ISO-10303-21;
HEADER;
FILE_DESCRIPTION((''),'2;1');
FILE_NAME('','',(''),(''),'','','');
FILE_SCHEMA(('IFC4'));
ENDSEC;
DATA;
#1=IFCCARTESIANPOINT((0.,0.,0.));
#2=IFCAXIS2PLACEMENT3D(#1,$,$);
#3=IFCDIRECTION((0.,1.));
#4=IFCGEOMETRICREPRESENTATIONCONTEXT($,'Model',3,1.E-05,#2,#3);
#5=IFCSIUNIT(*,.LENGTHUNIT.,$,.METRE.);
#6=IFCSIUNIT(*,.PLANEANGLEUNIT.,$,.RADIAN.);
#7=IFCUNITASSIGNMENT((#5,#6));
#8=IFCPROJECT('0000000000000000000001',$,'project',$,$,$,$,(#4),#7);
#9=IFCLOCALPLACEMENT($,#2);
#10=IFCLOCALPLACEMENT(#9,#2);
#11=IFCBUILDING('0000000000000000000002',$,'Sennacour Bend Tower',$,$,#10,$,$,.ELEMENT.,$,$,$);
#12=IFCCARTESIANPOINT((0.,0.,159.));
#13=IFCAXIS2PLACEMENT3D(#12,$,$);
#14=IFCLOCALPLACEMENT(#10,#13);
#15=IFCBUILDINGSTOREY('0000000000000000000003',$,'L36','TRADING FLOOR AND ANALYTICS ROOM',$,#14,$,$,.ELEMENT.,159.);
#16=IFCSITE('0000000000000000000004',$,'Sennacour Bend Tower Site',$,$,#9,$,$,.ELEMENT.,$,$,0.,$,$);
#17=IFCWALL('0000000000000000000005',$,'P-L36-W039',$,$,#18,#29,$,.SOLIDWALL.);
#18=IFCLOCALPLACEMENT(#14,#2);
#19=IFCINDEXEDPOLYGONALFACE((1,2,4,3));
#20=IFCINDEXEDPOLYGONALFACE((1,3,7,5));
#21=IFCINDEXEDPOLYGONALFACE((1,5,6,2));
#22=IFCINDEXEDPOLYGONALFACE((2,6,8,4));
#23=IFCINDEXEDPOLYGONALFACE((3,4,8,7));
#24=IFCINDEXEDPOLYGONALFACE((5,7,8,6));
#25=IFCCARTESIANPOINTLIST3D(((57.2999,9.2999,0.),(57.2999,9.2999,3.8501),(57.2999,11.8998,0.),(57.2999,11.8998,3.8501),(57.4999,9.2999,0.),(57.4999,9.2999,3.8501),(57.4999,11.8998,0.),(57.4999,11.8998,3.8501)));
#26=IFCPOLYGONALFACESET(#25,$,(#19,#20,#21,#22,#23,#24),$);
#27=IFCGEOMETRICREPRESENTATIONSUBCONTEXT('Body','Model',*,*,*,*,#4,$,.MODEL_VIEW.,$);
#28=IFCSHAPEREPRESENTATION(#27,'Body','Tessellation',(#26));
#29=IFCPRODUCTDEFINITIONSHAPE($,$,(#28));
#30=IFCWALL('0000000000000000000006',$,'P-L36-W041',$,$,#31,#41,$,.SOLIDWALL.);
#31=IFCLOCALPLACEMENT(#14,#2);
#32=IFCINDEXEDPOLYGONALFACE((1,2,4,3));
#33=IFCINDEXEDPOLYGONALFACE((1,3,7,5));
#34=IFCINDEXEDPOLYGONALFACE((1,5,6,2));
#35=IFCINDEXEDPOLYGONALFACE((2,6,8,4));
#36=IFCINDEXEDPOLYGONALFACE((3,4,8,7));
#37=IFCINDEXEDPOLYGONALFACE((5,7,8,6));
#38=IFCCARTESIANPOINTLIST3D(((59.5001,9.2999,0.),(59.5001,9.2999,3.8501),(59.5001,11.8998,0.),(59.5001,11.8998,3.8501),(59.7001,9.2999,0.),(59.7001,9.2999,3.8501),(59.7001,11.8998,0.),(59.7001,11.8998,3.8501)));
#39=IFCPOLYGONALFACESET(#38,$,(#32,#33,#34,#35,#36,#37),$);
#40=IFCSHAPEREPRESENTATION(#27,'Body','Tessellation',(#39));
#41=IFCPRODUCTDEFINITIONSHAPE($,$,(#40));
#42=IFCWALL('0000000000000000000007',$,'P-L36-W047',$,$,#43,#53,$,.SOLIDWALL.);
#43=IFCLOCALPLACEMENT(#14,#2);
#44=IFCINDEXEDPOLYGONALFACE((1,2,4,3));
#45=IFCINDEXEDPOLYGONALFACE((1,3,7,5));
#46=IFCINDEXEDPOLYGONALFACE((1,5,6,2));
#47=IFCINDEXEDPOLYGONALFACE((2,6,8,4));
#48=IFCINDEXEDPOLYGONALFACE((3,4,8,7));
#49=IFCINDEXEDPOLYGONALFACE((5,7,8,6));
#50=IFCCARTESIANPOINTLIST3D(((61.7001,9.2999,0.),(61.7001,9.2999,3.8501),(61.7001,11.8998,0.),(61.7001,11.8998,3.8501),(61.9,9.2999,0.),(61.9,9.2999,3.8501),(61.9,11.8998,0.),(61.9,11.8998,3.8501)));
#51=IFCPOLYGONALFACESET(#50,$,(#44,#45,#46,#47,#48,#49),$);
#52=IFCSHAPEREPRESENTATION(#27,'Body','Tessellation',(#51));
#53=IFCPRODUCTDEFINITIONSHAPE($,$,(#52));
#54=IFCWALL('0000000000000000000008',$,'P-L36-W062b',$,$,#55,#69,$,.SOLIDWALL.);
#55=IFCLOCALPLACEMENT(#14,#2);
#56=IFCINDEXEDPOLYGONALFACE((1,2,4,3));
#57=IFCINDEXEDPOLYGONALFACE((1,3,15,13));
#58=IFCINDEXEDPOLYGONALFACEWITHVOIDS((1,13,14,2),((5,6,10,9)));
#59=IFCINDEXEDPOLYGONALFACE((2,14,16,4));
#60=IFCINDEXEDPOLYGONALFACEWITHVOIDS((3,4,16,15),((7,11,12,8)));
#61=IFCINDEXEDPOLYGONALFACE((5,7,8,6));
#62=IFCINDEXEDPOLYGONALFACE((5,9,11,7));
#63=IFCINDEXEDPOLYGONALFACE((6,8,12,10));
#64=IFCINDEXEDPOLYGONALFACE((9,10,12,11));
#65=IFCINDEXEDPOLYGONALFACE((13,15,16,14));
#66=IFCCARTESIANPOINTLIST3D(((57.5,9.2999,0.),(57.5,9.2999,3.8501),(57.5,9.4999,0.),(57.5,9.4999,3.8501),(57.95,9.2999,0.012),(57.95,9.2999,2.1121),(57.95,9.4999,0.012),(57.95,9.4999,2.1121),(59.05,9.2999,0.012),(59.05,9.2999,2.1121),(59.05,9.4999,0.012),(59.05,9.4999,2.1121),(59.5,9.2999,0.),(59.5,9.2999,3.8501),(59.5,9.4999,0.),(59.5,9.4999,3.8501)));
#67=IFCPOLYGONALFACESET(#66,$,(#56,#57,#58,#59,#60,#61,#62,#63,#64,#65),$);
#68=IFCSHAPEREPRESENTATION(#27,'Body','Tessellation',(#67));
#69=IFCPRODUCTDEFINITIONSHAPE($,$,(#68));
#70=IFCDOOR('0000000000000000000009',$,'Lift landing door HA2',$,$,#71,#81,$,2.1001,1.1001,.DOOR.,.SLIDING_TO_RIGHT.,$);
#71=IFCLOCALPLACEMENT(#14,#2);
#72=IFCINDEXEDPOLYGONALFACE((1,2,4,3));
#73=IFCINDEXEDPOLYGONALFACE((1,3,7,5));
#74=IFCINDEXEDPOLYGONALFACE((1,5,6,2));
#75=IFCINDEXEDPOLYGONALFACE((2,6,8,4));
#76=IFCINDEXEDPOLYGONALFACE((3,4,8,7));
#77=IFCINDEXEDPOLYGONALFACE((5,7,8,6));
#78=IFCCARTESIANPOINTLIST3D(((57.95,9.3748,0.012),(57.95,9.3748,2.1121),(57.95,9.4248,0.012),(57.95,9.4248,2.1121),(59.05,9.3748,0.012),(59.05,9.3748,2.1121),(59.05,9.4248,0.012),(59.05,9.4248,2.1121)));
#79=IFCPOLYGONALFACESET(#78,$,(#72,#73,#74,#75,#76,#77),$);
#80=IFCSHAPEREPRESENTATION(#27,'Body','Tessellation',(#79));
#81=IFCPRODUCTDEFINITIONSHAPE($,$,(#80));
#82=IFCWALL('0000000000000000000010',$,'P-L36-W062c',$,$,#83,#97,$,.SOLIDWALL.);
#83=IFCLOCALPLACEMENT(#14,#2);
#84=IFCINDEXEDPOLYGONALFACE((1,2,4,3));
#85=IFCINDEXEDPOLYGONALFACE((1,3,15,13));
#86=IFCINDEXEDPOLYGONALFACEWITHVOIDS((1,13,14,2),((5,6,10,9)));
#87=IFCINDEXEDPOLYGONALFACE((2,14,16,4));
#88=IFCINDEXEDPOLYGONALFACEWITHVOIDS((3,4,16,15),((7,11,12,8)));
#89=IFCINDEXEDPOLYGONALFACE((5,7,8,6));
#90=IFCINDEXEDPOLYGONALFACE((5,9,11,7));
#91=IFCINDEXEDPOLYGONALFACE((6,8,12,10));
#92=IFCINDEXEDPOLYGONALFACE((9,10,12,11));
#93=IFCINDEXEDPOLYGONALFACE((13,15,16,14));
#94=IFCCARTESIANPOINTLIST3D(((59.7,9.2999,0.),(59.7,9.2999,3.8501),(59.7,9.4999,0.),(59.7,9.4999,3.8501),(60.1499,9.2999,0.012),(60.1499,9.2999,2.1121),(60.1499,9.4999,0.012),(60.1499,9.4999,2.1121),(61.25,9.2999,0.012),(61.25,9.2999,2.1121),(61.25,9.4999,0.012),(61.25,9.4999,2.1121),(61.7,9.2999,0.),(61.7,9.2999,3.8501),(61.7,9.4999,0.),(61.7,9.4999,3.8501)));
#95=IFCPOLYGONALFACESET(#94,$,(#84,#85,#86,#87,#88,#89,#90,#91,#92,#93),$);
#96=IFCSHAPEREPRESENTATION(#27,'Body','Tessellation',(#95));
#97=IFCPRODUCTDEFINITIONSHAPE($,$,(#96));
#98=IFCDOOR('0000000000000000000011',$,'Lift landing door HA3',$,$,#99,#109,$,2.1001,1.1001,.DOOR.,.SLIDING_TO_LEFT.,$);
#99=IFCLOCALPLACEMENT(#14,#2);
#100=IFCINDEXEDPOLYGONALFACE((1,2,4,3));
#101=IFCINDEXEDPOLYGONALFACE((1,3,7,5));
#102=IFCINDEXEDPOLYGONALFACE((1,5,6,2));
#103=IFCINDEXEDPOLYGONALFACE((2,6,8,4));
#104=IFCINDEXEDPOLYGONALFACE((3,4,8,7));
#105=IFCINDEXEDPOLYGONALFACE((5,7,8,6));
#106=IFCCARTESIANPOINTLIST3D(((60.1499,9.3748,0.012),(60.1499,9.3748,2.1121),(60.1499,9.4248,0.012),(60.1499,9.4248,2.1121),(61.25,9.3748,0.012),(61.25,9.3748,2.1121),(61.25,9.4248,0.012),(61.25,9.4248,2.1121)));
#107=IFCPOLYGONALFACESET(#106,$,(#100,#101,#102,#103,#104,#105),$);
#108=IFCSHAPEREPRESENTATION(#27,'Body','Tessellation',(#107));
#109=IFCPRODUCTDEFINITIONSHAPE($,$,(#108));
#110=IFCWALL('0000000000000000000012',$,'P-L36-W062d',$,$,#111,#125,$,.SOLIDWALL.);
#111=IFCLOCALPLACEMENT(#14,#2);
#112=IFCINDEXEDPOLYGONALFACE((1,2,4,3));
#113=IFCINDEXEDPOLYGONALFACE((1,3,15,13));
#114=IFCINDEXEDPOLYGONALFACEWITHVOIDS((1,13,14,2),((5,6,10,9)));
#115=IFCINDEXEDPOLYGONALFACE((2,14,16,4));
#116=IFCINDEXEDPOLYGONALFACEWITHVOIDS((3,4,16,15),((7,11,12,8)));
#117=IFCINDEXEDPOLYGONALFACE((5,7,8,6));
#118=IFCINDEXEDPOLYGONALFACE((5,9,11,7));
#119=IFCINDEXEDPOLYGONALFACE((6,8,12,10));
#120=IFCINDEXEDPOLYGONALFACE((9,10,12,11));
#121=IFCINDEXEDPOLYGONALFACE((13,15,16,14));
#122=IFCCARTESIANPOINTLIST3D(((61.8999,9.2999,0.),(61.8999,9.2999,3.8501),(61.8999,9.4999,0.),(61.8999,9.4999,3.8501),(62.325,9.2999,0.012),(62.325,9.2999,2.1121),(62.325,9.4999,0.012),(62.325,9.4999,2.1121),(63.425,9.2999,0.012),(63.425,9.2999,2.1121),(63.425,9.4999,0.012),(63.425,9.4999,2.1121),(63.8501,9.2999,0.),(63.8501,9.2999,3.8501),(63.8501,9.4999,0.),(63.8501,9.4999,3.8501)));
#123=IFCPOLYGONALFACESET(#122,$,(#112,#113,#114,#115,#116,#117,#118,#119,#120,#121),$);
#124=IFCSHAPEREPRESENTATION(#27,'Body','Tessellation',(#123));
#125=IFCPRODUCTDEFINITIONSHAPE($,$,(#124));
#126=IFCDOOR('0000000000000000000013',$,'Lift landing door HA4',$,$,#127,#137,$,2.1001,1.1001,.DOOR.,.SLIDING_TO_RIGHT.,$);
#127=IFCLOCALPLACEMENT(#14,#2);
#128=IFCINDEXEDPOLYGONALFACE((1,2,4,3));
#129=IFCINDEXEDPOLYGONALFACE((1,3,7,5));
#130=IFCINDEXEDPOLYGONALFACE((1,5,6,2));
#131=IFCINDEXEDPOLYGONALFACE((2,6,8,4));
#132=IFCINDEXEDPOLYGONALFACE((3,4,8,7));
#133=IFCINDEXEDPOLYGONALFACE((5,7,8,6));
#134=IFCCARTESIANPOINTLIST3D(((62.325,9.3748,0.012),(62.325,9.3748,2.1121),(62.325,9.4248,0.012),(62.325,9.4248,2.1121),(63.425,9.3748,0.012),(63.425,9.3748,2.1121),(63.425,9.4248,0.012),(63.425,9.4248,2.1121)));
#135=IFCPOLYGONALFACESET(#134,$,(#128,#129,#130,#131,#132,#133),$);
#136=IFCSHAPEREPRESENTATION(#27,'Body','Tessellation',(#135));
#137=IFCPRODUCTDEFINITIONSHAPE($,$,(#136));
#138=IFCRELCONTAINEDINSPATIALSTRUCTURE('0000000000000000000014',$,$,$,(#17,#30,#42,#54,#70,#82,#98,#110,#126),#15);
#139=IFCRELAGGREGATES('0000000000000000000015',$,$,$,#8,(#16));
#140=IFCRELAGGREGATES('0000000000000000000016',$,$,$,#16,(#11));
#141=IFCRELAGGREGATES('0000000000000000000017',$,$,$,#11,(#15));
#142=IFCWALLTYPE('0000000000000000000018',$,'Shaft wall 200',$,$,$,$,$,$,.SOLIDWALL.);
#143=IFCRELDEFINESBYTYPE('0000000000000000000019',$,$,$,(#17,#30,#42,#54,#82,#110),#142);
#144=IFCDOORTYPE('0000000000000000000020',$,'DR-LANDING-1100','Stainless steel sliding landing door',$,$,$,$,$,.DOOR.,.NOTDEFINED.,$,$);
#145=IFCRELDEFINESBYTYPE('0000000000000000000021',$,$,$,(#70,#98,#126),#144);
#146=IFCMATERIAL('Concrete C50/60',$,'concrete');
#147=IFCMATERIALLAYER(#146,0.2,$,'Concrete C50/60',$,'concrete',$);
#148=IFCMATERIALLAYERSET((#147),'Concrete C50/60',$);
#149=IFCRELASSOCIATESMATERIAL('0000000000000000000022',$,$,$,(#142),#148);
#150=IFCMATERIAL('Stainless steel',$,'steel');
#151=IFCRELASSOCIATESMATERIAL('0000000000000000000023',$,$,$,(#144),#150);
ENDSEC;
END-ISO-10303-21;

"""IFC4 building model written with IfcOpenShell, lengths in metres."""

from ifc_helpers import new_model, si_unit, direction, frame, frame_2d, origin, place, context, subcontext, project, spatial, rectangle, extrude, material, layer, layer_set, type_object, element, fill, save


model = new_model("IFC4")

# Units and contexts
model_context = context("Model", 3, precision=1e-05, world=origin(), true_north=direction((0.0, 1.0)))
body_context = subcontext(model_context, "Body", "Model", "MODEL_VIEW")
ifc_project = project(units=[si_unit("LENGTHUNIT", "METRE"), si_unit("PLANEANGLEUNIT", "RADIAN")], contexts=[model_context])

# Site, building, storey
site_placement = place(None, origin())
site = spatial("IfcSite", under=ifc_project, at=site_placement, Name="Sennacour Bend Tower Site", CompositionType="ELEMENT", RefElevation=0.0)
building_placement = place(site_placement, origin())
building = spatial("IfcBuilding", under=site, at=building_placement, Name="Sennacour Bend Tower", CompositionType="ELEMENT")
storey_placement = place(building_placement, frame((0.0, 0.0, 159.0)))
storey = spatial("IfcBuildingStorey", under=building, at=storey_placement, Name="L36", Description="TRADING FLOOR AND ANALYTICS ROOM", CompositionType="ELEMENT", Elevation=159.0)

# Walls
ifc_material_1 = material(Name="Concrete C50/60", Category="concrete")
ifc_layer_1 = layer(ifc_material_1, 0.2, Name="Concrete C50/60", Category="concrete")
ifc_layer_set_1 = layer_set([ifc_layer_1], Name="Concrete C50/60")
wall_type_1 = type_object("IfcWallType", Name="Shaft wall 200", PredefinedType="SOLIDWALL", material=ifc_layer_set_1)
for number, where, z_axis, x_axis, name in (
    (1, (57.3999, 9.3, 0.0), (0.0, 0.0, 1.0), (0.0, 1.0, 0.0), "P-L36-W039"),
    (2, (59.6001, 9.3, 0.0), (0.0, 0.0, 1.0), (0.0, 1.0, 0.0), "P-L36-W041"),
    (3, (61.8, 9.3, 0.0), (0.0, 0.0, 1.0), (0.0, 1.0, 0.0), "P-L36-W047"),
):
    element("IfcWall", number, at=place(storey_placement, frame(where, z_axis=z_axis, x_axis=x_axis)), inside=storey, type_object=wall_type_1, Name=name, PredefinedType="SOLIDWALL", context=body_context, shape_type="SweptSolid", body=[
        extrude(rectangle(XDim=2.5999, YDim=0.2, at=frame_2d((1.2998, 0.0))), origin(), (0.0, 0.0, 1.0), 3.8501),
    ])

# Walls, openings, doors
wall_1_placement = place(storey_placement, frame((57.5, 9.3999, 0.0), z_axis=(0.0, 0.0, 1.0), x_axis=(1.0, 0.0, 0.0)))
wall_1 = element("IfcWall", 4, at=wall_1_placement, inside=storey, type_object=wall_type_1, Name="P-L36-W062b", PredefinedType="SOLIDWALL", context=body_context, shape_type="SweptSolid", body=[
    extrude(rectangle(XDim=2.0, YDim=0.2, at=frame_2d((1.0, 0.0))), origin(), (0.0, 0.0, 1.0), 3.8501),
])
opening_1_placement = place(wall_1_placement, frame((0.45, 0.0, 0.012)))
opening_1 = element("IfcOpeningElement", 5, at=opening_1_placement, cuts=wall_1, PredefinedType="OPENING", context=body_context, shape_type="SweptSolid", body=[
    extrude(rectangle(XDim=1.1001, YDim=2.1001, at=frame_2d((0.55, 1.05))), frame((0.0, 0.1099, 0.0), z_axis=(0.0, -1.0, 0.0), x_axis=(1.0, 0.0, 0.0)), (0.0, 0.0, 1.0), 0.22),
])
ifc_material_2 = material(Name="Stainless steel", Category="steel")
door_type_1 = type_object("IfcDoorType", Name="DR-LANDING-1100", Description="Stainless steel sliding landing door", OperationType="NOTDEFINED", PredefinedType="DOOR", material=ifc_material_2)
door_1_placement = place(opening_1_placement, origin())
door_1 = element("IfcDoor", 6, at=door_1_placement, inside=storey, type_object=door_type_1, Name="Lift landing door HA2", OperationType="SLIDING_TO_RIGHT", OverallHeight=2.1001, OverallWidth=1.1001, PredefinedType="DOOR", context=body_context, shape_type="SweptSolid", body=[
    extrude(rectangle(XDim=1.1001, YDim=2.1001, at=frame_2d((0.55, 1.05))), frame((0.0, 0.0249, 0.0), z_axis=(0.0, -1.0, 0.0), x_axis=(1.0, 0.0, 0.0)), (0.0, 0.0, 1.0), 0.05),
])
fill(opening_1, door_1)
wall_2_placement = place(storey_placement, frame((59.7, 9.3999, 0.0), z_axis=(0.0, 0.0, 1.0), x_axis=(1.0, 0.0, 0.0)))
wall_2 = element("IfcWall", 7, at=wall_2_placement, inside=storey, type_object=wall_type_1, Name="P-L36-W062c", PredefinedType="SOLIDWALL", context=body_context, shape_type="SweptSolid", body=[
    extrude(rectangle(XDim=2.0, YDim=0.2, at=frame_2d((1.0, 0.0))), origin(), (0.0, 0.0, 1.0), 3.8501),
])
opening_2_placement = place(wall_2_placement, frame((0.45, 0.0, 0.012)))
opening_2 = element("IfcOpeningElement", 8, at=opening_2_placement, cuts=wall_2, PredefinedType="OPENING", context=body_context, shape_type="SweptSolid", body=[
    extrude(rectangle(XDim=1.1001, YDim=2.1001, at=frame_2d((0.55, 1.05))), frame((0.0, 0.1099, 0.0), z_axis=(0.0, -1.0, 0.0), x_axis=(1.0, 0.0, 0.0)), (0.0, 0.0, 1.0), 0.22),
])
door_2_placement = place(opening_2_placement, origin())
door_2 = element("IfcDoor", 9, at=door_2_placement, inside=storey, type_object=door_type_1, Name="Lift landing door HA3", OperationType="SLIDING_TO_LEFT", OverallHeight=2.1001, OverallWidth=1.1001, PredefinedType="DOOR", context=body_context, shape_type="SweptSolid", body=[
    extrude(rectangle(XDim=1.1001, YDim=2.1001, at=frame_2d((0.55, 1.05))), frame((0.0, 0.0249, 0.0), z_axis=(0.0, -1.0, 0.0), x_axis=(1.0, 0.0, 0.0)), (0.0, 0.0, 1.0), 0.05),
])
fill(opening_2, door_2)
wall_3_placement = place(storey_placement, frame((61.8999, 9.3999, 0.0), z_axis=(0.0, 0.0, 1.0), x_axis=(1.0, 0.0, 0.0)))
wall_3 = element("IfcWall", 10, at=wall_3_placement, inside=storey, type_object=wall_type_1, Name="P-L36-W062d", PredefinedType="SOLIDWALL", context=body_context, shape_type="SweptSolid", body=[
    extrude(rectangle(XDim=1.9502, YDim=0.2, at=frame_2d((0.9751, 0.0))), origin(), (0.0, 0.0, 1.0), 3.8501),
])
opening_3_placement = place(wall_3_placement, frame((0.425, 0.0, 0.012)))
opening_3 = element("IfcOpeningElement", 11, at=opening_3_placement, cuts=wall_3, PredefinedType="OPENING", context=body_context, shape_type="SweptSolid", body=[
    extrude(rectangle(XDim=1.1001, YDim=2.1001, at=frame_2d((0.55, 1.05))), frame((0.0, 0.1099, 0.0), z_axis=(0.0, -1.0, 0.0), x_axis=(1.0, 0.0, 0.0)), (0.0, 0.0, 1.0), 0.22),
])
door_3_placement = place(opening_3_placement, origin())
door_3 = element("IfcDoor", 12, at=door_3_placement, inside=storey, type_object=door_type_1, Name="Lift landing door HA4", OperationType="SLIDING_TO_RIGHT", OverallHeight=2.1001, OverallWidth=1.1001, PredefinedType="DOOR", context=body_context, shape_type="SweptSolid", body=[
    extrude(rectangle(XDim=1.1001, YDim=2.1001, at=frame_2d((0.55, 1.05))), frame((0.0, 0.0249, 0.0), z_axis=(0.0, -1.0, 0.0), x_axis=(1.0, 0.0, 0.0)), (0.0, 0.0, 1.0), 0.05),
])
fill(opening_3, door_3)

save(model, "model.ifc")
